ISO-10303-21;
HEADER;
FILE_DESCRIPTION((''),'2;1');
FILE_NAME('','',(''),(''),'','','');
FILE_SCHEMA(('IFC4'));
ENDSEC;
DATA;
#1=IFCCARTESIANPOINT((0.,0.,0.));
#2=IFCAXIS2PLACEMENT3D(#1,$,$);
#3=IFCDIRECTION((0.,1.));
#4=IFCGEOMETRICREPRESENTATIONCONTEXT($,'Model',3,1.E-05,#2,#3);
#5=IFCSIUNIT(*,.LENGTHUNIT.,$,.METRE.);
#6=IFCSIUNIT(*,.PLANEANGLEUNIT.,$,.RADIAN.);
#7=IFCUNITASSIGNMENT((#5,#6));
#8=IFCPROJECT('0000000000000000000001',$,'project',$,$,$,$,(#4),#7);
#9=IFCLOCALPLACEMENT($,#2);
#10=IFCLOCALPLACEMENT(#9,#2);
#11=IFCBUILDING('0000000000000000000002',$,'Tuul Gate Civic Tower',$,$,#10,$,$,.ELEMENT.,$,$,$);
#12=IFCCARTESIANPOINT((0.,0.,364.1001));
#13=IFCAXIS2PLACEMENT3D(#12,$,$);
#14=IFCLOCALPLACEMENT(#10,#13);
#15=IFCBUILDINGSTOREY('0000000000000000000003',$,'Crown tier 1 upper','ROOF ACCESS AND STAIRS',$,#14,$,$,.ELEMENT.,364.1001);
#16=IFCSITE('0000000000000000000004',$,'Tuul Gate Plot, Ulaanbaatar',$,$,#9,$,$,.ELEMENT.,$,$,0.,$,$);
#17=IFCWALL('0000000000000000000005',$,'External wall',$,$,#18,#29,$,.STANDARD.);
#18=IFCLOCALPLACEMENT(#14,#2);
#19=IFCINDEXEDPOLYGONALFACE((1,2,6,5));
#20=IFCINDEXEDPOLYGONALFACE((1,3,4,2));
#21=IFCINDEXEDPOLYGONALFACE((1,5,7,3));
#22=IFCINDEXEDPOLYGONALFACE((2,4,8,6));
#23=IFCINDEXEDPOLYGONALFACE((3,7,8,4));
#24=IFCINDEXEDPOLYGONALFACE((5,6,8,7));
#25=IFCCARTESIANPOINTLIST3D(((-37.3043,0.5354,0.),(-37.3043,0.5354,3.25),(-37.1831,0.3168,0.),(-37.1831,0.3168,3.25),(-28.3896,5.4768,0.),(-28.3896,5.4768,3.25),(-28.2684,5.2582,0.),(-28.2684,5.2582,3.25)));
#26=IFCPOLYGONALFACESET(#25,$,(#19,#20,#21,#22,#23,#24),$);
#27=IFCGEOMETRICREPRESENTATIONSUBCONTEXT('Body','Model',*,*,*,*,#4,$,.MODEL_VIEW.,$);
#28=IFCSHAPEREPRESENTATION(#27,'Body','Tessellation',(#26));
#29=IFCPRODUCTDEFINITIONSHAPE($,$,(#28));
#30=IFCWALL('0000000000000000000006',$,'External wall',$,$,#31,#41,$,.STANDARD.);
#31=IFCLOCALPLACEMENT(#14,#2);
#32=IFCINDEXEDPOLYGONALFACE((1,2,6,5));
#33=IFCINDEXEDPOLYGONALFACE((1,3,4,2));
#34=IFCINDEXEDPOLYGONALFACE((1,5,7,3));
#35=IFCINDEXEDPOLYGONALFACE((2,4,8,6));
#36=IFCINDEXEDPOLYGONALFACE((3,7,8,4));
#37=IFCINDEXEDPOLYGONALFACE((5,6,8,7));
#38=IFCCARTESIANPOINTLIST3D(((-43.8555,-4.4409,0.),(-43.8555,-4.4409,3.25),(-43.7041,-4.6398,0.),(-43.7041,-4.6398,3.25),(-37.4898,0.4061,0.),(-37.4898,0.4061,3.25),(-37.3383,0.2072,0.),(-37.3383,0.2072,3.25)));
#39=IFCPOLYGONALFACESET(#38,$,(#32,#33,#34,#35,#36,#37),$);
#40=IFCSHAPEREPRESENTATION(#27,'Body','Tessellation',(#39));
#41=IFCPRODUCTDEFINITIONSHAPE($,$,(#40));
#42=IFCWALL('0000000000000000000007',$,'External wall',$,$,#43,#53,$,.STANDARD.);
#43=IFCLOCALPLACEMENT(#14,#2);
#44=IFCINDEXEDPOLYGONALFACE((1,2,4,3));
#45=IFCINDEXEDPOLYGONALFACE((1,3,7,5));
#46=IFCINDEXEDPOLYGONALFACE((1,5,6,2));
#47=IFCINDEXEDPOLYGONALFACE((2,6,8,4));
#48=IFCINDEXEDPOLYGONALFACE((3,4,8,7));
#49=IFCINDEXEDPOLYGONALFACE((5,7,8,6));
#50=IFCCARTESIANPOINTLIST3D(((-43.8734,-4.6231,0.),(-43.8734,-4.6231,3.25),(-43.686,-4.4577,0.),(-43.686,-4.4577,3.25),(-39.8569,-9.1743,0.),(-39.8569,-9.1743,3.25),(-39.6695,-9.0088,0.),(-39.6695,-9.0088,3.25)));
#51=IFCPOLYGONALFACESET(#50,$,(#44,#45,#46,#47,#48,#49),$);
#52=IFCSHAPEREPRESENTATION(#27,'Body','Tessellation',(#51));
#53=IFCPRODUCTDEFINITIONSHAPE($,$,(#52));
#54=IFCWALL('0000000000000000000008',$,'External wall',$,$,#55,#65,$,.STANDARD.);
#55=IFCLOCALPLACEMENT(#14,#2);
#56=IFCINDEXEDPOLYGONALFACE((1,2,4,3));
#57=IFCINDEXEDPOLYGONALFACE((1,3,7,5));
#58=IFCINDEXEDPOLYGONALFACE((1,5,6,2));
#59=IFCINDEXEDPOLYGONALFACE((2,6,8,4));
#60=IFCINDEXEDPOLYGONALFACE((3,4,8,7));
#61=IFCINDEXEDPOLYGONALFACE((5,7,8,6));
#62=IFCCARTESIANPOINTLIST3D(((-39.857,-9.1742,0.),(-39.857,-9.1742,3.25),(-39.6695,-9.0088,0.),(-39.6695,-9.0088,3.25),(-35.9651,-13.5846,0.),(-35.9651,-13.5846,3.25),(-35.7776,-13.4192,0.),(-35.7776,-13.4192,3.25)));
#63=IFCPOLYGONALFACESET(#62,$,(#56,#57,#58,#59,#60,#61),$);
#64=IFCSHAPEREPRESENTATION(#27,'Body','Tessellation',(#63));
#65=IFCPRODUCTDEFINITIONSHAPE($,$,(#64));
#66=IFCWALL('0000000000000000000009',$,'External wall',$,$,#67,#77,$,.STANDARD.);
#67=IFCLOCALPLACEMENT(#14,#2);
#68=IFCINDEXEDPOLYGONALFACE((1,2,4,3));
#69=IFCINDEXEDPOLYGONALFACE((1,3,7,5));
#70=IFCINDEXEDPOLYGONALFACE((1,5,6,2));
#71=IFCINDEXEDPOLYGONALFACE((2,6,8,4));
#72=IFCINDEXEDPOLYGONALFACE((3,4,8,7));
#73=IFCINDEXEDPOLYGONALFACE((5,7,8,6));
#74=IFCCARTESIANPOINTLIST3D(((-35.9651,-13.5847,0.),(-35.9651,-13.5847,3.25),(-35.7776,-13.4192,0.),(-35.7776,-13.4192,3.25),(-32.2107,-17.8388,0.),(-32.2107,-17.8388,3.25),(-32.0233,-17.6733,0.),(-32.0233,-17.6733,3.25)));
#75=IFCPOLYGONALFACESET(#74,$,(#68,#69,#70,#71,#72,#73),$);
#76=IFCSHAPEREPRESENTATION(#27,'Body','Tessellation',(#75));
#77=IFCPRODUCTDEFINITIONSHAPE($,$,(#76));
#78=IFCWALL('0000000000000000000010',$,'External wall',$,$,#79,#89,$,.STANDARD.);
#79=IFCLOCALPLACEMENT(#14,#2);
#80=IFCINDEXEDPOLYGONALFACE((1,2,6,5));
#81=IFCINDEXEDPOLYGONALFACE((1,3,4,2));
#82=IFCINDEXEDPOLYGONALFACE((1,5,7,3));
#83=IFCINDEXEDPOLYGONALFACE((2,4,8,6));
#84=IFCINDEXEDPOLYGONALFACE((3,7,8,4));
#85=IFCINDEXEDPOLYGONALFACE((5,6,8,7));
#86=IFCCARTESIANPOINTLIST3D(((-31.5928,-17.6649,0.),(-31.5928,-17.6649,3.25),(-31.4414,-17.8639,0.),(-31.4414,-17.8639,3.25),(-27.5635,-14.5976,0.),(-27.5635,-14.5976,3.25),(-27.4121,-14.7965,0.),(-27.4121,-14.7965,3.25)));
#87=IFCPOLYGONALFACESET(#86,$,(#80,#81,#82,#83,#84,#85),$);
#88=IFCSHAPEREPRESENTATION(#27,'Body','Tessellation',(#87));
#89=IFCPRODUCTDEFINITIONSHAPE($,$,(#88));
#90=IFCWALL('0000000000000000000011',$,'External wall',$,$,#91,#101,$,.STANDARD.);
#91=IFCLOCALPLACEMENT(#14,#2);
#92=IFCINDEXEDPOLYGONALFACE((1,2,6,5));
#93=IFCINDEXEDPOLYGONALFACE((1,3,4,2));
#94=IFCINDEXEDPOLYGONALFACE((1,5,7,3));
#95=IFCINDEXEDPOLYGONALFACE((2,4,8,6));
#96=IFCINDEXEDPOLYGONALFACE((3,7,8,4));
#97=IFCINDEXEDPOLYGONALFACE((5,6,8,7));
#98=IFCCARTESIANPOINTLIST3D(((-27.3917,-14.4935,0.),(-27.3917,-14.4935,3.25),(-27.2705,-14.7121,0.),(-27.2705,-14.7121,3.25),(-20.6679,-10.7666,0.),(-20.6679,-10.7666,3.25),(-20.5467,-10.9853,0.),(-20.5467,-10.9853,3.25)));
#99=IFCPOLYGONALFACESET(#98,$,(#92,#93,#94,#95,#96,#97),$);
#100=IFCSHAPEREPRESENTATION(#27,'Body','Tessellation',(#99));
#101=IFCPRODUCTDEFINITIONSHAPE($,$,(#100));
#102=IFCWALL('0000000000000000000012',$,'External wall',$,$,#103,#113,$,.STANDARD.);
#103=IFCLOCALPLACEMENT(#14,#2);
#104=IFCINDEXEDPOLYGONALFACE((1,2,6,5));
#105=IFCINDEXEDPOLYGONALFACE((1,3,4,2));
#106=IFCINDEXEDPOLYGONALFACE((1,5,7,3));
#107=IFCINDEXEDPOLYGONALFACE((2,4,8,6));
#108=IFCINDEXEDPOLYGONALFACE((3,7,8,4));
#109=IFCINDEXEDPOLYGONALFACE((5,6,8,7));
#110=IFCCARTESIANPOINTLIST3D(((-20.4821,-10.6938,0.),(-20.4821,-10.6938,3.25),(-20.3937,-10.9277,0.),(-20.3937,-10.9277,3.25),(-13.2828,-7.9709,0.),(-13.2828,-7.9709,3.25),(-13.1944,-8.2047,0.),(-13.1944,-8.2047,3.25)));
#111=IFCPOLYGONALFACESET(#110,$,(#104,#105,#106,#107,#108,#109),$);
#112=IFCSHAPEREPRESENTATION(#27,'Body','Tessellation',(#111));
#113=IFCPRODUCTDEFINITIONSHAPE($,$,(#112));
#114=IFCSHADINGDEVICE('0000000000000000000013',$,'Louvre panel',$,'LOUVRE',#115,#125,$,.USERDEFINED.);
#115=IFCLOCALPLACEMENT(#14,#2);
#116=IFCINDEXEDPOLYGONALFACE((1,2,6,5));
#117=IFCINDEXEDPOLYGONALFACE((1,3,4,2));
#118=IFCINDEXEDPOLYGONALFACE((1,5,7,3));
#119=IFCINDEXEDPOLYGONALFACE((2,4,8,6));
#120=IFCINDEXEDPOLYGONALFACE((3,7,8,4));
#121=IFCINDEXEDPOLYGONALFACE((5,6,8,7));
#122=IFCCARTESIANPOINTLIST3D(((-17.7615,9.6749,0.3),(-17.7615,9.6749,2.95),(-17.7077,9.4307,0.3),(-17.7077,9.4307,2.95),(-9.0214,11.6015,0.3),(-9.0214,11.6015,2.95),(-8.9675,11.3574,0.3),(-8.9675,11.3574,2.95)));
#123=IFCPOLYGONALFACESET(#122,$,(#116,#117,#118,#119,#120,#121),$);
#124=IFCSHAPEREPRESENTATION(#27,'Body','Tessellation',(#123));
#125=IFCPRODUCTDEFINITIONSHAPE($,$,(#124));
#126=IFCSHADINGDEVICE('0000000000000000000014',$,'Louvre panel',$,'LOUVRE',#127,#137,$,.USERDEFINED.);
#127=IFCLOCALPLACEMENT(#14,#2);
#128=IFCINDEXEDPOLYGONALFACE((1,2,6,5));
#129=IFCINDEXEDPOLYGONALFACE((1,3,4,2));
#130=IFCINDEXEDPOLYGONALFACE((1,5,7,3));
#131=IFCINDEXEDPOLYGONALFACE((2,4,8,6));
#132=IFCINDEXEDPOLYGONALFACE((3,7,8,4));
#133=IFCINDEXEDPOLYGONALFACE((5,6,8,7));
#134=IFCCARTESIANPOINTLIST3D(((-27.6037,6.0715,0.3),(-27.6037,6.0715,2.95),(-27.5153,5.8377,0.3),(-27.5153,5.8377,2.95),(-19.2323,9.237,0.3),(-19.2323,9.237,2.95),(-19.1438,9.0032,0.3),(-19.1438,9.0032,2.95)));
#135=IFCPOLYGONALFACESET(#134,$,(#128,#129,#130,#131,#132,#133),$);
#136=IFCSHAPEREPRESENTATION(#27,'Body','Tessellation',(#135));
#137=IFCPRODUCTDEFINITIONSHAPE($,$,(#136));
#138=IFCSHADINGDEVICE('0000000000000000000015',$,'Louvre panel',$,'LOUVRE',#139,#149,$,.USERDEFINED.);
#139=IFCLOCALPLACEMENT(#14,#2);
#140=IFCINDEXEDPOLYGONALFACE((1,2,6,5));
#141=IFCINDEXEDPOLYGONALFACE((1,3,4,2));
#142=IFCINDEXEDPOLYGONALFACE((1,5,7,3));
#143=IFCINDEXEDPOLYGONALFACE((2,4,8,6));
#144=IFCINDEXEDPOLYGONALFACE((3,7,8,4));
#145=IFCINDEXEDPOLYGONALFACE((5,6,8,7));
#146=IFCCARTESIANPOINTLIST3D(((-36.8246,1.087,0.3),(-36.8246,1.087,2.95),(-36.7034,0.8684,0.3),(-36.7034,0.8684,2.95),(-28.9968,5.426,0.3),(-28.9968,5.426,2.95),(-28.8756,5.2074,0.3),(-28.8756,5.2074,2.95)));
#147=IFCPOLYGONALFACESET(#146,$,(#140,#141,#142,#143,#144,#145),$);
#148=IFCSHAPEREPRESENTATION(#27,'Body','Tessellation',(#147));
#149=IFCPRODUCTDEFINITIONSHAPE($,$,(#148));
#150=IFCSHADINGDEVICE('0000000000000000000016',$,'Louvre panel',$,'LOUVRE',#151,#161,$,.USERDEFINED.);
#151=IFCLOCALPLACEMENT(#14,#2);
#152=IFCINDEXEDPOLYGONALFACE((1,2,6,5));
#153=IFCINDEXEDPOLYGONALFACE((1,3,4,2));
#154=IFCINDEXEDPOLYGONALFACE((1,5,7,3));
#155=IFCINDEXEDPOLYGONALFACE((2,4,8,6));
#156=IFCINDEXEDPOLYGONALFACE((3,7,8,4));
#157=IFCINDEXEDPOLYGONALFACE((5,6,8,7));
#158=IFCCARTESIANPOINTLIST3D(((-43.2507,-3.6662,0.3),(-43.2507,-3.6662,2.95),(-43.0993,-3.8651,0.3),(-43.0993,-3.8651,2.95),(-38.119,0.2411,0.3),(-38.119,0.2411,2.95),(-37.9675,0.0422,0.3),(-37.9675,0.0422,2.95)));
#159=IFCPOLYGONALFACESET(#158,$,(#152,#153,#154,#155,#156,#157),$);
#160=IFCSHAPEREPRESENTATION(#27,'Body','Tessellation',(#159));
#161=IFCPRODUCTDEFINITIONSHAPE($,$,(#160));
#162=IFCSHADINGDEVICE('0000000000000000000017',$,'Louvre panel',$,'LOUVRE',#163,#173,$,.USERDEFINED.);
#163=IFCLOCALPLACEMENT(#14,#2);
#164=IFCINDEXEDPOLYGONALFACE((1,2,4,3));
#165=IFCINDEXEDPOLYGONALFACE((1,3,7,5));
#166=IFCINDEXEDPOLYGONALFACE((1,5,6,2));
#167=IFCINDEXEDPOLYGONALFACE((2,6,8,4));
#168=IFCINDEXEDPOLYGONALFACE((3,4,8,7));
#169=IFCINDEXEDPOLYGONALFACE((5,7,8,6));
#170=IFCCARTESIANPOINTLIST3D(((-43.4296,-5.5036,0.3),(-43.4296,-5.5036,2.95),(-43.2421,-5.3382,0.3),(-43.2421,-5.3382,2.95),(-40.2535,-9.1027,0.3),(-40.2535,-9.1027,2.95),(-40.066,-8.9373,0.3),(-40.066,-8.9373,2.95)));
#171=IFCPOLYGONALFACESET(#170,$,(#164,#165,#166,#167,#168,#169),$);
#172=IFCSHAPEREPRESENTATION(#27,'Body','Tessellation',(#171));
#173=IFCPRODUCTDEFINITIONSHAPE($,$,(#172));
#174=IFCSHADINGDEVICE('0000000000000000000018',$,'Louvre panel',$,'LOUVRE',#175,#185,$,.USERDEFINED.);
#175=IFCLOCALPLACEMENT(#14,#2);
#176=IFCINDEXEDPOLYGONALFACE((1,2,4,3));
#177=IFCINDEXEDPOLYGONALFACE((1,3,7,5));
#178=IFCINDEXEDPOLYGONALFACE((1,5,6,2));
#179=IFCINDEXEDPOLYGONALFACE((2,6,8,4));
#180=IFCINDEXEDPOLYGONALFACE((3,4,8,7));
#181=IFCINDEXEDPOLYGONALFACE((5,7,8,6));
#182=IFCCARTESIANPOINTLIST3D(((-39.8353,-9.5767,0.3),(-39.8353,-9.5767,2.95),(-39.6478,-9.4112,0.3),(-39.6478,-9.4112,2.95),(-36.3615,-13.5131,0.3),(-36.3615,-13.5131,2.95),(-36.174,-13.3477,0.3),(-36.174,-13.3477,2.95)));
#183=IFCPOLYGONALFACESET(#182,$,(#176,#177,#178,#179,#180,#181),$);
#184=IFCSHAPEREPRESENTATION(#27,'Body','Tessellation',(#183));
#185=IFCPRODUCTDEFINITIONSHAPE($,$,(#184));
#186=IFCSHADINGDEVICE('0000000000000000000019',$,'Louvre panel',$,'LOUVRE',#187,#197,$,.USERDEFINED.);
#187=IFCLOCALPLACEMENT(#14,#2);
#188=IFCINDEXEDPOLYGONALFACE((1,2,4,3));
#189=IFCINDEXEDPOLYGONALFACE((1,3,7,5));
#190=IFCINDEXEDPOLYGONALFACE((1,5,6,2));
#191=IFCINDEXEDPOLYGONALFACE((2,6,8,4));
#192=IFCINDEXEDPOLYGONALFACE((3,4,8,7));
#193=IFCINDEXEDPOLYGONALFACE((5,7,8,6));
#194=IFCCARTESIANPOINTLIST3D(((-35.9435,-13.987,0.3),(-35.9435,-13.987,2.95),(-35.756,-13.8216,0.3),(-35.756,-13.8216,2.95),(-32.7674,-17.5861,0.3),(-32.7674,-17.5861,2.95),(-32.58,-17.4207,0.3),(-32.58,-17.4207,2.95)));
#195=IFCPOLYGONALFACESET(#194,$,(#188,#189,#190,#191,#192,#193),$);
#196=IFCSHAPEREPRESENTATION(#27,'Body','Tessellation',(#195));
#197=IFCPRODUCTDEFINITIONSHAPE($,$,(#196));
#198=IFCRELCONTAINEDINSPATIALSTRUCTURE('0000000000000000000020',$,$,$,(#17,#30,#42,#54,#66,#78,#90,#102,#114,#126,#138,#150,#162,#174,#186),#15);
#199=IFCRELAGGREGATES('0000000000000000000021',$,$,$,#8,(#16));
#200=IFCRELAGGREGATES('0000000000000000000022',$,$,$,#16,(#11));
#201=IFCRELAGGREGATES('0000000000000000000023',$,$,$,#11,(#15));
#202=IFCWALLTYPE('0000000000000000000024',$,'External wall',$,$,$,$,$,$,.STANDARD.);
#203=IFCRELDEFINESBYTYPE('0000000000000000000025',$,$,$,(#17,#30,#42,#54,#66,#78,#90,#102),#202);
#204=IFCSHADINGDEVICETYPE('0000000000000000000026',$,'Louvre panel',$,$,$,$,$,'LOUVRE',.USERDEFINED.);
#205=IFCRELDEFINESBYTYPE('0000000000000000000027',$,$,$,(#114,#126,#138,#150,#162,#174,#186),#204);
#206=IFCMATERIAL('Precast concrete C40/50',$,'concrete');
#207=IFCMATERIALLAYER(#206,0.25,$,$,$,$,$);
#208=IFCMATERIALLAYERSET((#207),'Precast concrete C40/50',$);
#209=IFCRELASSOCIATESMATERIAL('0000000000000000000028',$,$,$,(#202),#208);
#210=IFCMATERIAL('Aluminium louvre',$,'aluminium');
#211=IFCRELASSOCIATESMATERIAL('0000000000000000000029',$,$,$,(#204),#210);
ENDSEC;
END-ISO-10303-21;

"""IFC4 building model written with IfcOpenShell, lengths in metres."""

from ifc_helpers import new_model, si_unit, direction, frame, frame_2d, origin, origin_2d, place, context, subcontext, project, spatial, rectangle, extrude, material, layer, layer_set, type_object, element, save


model = new_model("IFC4")

# Units and contexts
model_context = context("Model", 3, precision=1e-05, world=origin(), true_north=direction((0.0, 1.0)))
body_context = subcontext(model_context, "Body", "Model", "MODEL_VIEW")
ifc_project = project(units=[si_unit("LENGTHUNIT", "METRE"), si_unit("PLANEANGLEUNIT", "RADIAN")], contexts=[model_context])

# Site, building, storey
site_placement = place(None, origin())
site = spatial("IfcSite", under=ifc_project, at=site_placement, Name="Tuul Gate Plot, Ulaanbaatar", CompositionType="ELEMENT", RefElevation=0.0)
building_placement = place(site_placement, origin())
building = spatial("IfcBuilding", under=site, at=building_placement, Name="Tuul Gate Civic Tower", CompositionType="ELEMENT")
storey_placement = place(building_placement, frame((0.0, 0.0, 364.1001)))
storey = spatial("IfcBuildingStorey", under=building, at=storey_placement, Name="Crown tier 1 upper", Description="ROOF ACCESS AND STAIRS", CompositionType="ELEMENT", Elevation=364.1001)

# Walls
ifc_material_1 = material(Name="Precast concrete C40/50", Category="concrete")
ifc_layer = layer(ifc_material_1, 0.25)
ifc_layer_set = layer_set([ifc_layer], Name="Precast concrete C40/50")
wall_type = type_object("IfcWallType", Name="External wall", PredefinedType="STANDARD", material=ifc_layer_set)
wall_1_placement = place(storey_placement, frame((-28.3291, 5.3674, 0.0), z_axis=(0.0, 0.0, 1.0), x_axis=(-0.874626, -0.484799, 0.0)))
element("IfcWall", 1, at=wall_1_placement, inside=storey, type_object=wall_type, Name="External wall", PredefinedType="STANDARD", context=body_context, shape_type="SweptSolid", body=[
    extrude(rectangle(XDim=10.1926, YDim=0.25, at=frame_2d((5.0962, 0.0))), origin(), (0.0, 0.0, 1.0), 3.25),
])
wall_2_placement = place(storey_placement, frame((-37.4141, 0.3066, 0.0), z_axis=(0.0, 0.0, 1.0), x_axis=(-0.795622, -0.605794, 0.0)))
element("IfcWall", 2, at=wall_2_placement, inside=storey, type_object=wall_type, Name="External wall", PredefinedType="STANDARD", context=body_context, shape_type="SweptSolid", body=[
    extrude(rectangle(XDim=8.001, YDim=0.25, at=frame_2d((4.0005, 0.0))), origin(), (0.0, 0.0, 1.0), 3.25),
])
wall_3_placement = place(storey_placement, frame((-43.7798, -4.5403, 0.0), z_axis=(0.0, 0.0, 1.0), x_axis=(0.661693, -0.749774, 0.0)))
element("IfcWall", 3, at=wall_3_placement, inside=storey, type_object=wall_type, Name="External wall", PredefinedType="STANDARD", context=body_context, shape_type="SweptSolid", body=[
    extrude(rectangle(XDim=6.0701, YDim=0.25, at=frame_2d((3.0352, 0.0))), origin(), (0.0, 0.0, 1.0), 3.25),
])
wall_4_placement = place(storey_placement, frame((-39.7632, -9.0916, 0.0), z_axis=(0.0, 0.0, 1.0), x_axis=(0.661652, -0.749811, 0.0)))
element("IfcWall", 4, at=wall_4_placement, inside=storey, type_object=wall_type, Name="External wall", PredefinedType="STANDARD", context=body_context, shape_type="SweptSolid", body=[
    extrude(rectangle(XDim=5.8821, YDim=0.25, at=frame_2d((2.9409, 0.0))), origin(), (0.0, 0.0, 1.0), 3.25),
])
wall_5_placement = place(storey_placement, frame((-35.8713, -13.502, 0.0), z_axis=(0.0, 0.0, 1.0), x_axis=(0.661694, -0.749774, 0.0)))
element("IfcWall", 5, at=wall_5_placement, inside=storey, type_object=wall_type, Name="External wall", PredefinedType="STANDARD", context=body_context, shape_type="SweptSolid", body=[
    extrude(rectangle(XDim=5.6738, YDim=0.25, at=frame_2d((2.8369, 0.0))), origin(), (0.0, 0.0, 1.0), 3.25),
])
wall_6_placement = place(storey_placement, frame((-31.5171, -17.7644, 0.0), z_axis=(0.0, 0.0, 1.0), x_axis=(0.795675, 0.605724, 0.0)))
element("IfcWall", 6, at=wall_6_placement, inside=storey, type_object=wall_type, Name="External wall", PredefinedType="STANDARD", context=body_context, shape_type="SweptSolid", body=[
    extrude(rectangle(XDim=5.064, YDim=0.25, at=frame_2d((2.532, 0.0))), origin(), (0.0, 0.0, 1.0), 3.25),
])
wall_7_placement = place(storey_placement, frame((-27.3311, -14.6028, 0.0), z_axis=(0.0, 0.0, 1.0), x_axis=(0.874629, 0.484793, 0.0)))
element("IfcWall", 7, at=wall_7_placement, inside=storey, type_object=wall_type, Name="External wall", PredefinedType="STANDARD", context=body_context, shape_type="SweptSolid", body=[
    extrude(rectangle(XDim=7.6875, YDim=0.25, at=frame_2d((3.8438, 0.0))), origin(), (0.0, 0.0, 1.0), 3.25),
])
wall_8_placement = place(storey_placement, frame((-20.438, -10.8108, 0.0), z_axis=(0.0, 0.0, 1.0), x_axis=(0.935335, 0.353764, 0.0)))
element("IfcWall", 8, at=wall_8_placement, inside=storey, type_object=wall_type, Name="External wall", PredefinedType="STANDARD", context=body_context, shape_type="SweptSolid", body=[
    extrude(rectangle(XDim=7.697, YDim=0.25, at=frame_2d((3.8486, 0.0))), origin(), (0.0, 0.0, 1.0), 3.25),
])

# Shading devices
ifc_material_2 = material(Name="Aluminium louvre", Category="aluminium")
shading_device_type = type_object("IfcShadingDeviceType", Name="Louvre panel", ElementType="LOUVRE", PredefinedType="USERDEFINED", material=ifc_material_2)
for number, where, z_axis, x_axis, name in (
    (9, (-13.3645, 10.5161, 0.3), (0.0, 0.0, 1.0), (-0.215269, 0.976555, 0.0), "Louvre panel"),
    (10, (-23.3738, 7.5374, 0.3), (0.0, 0.0, 1.0), (-0.353691, 0.935362, 0.0), "Louvre panel"),
    (11, (-32.8501, 3.1472, 0.3), (0.0, 0.0, 1.0), (-0.484806, 0.874622, 0.0), "Louvre panel"),
):
    element("IfcShadingDevice", number, at=place(storey_placement, frame(where, z_axis=z_axis, x_axis=x_axis)), inside=storey, type_object=shading_device_type, Name=name, ObjectType="LOUVRE", PredefinedType="USERDEFINED", context=body_context, shape_type="SweptSolid", body=[
        extrude(rectangle(XDim=0.25, YDim=8.95, at=origin_2d()), origin(), (0.0, 0.0, 1.0), 2.6499),
    ])
shading_device_1_placement = place(storey_placement, frame((-40.6091, -1.812, 0.3), z_axis=(0.0, 0.0, 1.0), x_axis=(-0.605782, 0.79563, 0.0)))
element("IfcShadingDevice", 12, at=shading_device_1_placement, inside=storey, type_object=shading_device_type, Name="Louvre panel", ObjectType="LOUVRE", PredefinedType="USERDEFINED", context=body_context, shape_type="SweptSolid", body=[
    extrude(rectangle(XDim=0.25, YDim=6.45, at=origin_2d()), origin(), (0.0, 0.0, 1.0), 2.6499),
])
shading_device_2_placement = place(storey_placement, frame((-41.7478, -7.2205, 0.3), z_axis=(0.0, 0.0, 1.0), x_axis=(-0.749793, -0.661672, 0.0)))
element("IfcShadingDevice", 13, at=shading_device_2_placement, inside=storey, type_object=shading_device_type, Name="Louvre panel", ObjectType="LOUVRE", PredefinedType="USERDEFINED", context=body_context, shape_type="SweptSolid", body=[
    extrude(rectangle(XDim=0.25, YDim=4.8, at=origin_2d()), origin(), (0.0, 0.0, 1.0), 2.6499),
])
shading_device_3_placement = place(storey_placement, frame((-38.0046, -11.4622, 0.3), z_axis=(0.0, 0.0, 1.0), x_axis=(-0.749793, -0.661672, 0.0)))
element("IfcShadingDevice", 14, at=shading_device_3_placement, inside=storey, type_object=shading_device_type, Name="Louvre panel", ObjectType="LOUVRE", PredefinedType="USERDEFINED", context=body_context, shape_type="SweptSolid", body=[
    extrude(rectangle(XDim=0.25, YDim=5.25, at=origin_2d()), origin(), (0.0, 0.0, 1.0), 2.6499),
])
shading_device_4_placement = place(storey_placement, frame((-34.2617, -15.7039, 0.3), z_axis=(0.0, 0.0, 1.0), x_axis=(-0.749793, -0.661672, 0.0)))
element("IfcShadingDevice", 15, at=shading_device_4_placement, inside=storey, type_object=shading_device_type, Name="Louvre panel", ObjectType="LOUVRE", PredefinedType="USERDEFINED", context=body_context, shape_type="SweptSolid", body=[
    extrude(rectangle(XDim=0.25, YDim=4.8, at=origin_2d()), origin(), (0.0, 0.0, 1.0), 2.6499),
])

save(model, "model.ifc")
